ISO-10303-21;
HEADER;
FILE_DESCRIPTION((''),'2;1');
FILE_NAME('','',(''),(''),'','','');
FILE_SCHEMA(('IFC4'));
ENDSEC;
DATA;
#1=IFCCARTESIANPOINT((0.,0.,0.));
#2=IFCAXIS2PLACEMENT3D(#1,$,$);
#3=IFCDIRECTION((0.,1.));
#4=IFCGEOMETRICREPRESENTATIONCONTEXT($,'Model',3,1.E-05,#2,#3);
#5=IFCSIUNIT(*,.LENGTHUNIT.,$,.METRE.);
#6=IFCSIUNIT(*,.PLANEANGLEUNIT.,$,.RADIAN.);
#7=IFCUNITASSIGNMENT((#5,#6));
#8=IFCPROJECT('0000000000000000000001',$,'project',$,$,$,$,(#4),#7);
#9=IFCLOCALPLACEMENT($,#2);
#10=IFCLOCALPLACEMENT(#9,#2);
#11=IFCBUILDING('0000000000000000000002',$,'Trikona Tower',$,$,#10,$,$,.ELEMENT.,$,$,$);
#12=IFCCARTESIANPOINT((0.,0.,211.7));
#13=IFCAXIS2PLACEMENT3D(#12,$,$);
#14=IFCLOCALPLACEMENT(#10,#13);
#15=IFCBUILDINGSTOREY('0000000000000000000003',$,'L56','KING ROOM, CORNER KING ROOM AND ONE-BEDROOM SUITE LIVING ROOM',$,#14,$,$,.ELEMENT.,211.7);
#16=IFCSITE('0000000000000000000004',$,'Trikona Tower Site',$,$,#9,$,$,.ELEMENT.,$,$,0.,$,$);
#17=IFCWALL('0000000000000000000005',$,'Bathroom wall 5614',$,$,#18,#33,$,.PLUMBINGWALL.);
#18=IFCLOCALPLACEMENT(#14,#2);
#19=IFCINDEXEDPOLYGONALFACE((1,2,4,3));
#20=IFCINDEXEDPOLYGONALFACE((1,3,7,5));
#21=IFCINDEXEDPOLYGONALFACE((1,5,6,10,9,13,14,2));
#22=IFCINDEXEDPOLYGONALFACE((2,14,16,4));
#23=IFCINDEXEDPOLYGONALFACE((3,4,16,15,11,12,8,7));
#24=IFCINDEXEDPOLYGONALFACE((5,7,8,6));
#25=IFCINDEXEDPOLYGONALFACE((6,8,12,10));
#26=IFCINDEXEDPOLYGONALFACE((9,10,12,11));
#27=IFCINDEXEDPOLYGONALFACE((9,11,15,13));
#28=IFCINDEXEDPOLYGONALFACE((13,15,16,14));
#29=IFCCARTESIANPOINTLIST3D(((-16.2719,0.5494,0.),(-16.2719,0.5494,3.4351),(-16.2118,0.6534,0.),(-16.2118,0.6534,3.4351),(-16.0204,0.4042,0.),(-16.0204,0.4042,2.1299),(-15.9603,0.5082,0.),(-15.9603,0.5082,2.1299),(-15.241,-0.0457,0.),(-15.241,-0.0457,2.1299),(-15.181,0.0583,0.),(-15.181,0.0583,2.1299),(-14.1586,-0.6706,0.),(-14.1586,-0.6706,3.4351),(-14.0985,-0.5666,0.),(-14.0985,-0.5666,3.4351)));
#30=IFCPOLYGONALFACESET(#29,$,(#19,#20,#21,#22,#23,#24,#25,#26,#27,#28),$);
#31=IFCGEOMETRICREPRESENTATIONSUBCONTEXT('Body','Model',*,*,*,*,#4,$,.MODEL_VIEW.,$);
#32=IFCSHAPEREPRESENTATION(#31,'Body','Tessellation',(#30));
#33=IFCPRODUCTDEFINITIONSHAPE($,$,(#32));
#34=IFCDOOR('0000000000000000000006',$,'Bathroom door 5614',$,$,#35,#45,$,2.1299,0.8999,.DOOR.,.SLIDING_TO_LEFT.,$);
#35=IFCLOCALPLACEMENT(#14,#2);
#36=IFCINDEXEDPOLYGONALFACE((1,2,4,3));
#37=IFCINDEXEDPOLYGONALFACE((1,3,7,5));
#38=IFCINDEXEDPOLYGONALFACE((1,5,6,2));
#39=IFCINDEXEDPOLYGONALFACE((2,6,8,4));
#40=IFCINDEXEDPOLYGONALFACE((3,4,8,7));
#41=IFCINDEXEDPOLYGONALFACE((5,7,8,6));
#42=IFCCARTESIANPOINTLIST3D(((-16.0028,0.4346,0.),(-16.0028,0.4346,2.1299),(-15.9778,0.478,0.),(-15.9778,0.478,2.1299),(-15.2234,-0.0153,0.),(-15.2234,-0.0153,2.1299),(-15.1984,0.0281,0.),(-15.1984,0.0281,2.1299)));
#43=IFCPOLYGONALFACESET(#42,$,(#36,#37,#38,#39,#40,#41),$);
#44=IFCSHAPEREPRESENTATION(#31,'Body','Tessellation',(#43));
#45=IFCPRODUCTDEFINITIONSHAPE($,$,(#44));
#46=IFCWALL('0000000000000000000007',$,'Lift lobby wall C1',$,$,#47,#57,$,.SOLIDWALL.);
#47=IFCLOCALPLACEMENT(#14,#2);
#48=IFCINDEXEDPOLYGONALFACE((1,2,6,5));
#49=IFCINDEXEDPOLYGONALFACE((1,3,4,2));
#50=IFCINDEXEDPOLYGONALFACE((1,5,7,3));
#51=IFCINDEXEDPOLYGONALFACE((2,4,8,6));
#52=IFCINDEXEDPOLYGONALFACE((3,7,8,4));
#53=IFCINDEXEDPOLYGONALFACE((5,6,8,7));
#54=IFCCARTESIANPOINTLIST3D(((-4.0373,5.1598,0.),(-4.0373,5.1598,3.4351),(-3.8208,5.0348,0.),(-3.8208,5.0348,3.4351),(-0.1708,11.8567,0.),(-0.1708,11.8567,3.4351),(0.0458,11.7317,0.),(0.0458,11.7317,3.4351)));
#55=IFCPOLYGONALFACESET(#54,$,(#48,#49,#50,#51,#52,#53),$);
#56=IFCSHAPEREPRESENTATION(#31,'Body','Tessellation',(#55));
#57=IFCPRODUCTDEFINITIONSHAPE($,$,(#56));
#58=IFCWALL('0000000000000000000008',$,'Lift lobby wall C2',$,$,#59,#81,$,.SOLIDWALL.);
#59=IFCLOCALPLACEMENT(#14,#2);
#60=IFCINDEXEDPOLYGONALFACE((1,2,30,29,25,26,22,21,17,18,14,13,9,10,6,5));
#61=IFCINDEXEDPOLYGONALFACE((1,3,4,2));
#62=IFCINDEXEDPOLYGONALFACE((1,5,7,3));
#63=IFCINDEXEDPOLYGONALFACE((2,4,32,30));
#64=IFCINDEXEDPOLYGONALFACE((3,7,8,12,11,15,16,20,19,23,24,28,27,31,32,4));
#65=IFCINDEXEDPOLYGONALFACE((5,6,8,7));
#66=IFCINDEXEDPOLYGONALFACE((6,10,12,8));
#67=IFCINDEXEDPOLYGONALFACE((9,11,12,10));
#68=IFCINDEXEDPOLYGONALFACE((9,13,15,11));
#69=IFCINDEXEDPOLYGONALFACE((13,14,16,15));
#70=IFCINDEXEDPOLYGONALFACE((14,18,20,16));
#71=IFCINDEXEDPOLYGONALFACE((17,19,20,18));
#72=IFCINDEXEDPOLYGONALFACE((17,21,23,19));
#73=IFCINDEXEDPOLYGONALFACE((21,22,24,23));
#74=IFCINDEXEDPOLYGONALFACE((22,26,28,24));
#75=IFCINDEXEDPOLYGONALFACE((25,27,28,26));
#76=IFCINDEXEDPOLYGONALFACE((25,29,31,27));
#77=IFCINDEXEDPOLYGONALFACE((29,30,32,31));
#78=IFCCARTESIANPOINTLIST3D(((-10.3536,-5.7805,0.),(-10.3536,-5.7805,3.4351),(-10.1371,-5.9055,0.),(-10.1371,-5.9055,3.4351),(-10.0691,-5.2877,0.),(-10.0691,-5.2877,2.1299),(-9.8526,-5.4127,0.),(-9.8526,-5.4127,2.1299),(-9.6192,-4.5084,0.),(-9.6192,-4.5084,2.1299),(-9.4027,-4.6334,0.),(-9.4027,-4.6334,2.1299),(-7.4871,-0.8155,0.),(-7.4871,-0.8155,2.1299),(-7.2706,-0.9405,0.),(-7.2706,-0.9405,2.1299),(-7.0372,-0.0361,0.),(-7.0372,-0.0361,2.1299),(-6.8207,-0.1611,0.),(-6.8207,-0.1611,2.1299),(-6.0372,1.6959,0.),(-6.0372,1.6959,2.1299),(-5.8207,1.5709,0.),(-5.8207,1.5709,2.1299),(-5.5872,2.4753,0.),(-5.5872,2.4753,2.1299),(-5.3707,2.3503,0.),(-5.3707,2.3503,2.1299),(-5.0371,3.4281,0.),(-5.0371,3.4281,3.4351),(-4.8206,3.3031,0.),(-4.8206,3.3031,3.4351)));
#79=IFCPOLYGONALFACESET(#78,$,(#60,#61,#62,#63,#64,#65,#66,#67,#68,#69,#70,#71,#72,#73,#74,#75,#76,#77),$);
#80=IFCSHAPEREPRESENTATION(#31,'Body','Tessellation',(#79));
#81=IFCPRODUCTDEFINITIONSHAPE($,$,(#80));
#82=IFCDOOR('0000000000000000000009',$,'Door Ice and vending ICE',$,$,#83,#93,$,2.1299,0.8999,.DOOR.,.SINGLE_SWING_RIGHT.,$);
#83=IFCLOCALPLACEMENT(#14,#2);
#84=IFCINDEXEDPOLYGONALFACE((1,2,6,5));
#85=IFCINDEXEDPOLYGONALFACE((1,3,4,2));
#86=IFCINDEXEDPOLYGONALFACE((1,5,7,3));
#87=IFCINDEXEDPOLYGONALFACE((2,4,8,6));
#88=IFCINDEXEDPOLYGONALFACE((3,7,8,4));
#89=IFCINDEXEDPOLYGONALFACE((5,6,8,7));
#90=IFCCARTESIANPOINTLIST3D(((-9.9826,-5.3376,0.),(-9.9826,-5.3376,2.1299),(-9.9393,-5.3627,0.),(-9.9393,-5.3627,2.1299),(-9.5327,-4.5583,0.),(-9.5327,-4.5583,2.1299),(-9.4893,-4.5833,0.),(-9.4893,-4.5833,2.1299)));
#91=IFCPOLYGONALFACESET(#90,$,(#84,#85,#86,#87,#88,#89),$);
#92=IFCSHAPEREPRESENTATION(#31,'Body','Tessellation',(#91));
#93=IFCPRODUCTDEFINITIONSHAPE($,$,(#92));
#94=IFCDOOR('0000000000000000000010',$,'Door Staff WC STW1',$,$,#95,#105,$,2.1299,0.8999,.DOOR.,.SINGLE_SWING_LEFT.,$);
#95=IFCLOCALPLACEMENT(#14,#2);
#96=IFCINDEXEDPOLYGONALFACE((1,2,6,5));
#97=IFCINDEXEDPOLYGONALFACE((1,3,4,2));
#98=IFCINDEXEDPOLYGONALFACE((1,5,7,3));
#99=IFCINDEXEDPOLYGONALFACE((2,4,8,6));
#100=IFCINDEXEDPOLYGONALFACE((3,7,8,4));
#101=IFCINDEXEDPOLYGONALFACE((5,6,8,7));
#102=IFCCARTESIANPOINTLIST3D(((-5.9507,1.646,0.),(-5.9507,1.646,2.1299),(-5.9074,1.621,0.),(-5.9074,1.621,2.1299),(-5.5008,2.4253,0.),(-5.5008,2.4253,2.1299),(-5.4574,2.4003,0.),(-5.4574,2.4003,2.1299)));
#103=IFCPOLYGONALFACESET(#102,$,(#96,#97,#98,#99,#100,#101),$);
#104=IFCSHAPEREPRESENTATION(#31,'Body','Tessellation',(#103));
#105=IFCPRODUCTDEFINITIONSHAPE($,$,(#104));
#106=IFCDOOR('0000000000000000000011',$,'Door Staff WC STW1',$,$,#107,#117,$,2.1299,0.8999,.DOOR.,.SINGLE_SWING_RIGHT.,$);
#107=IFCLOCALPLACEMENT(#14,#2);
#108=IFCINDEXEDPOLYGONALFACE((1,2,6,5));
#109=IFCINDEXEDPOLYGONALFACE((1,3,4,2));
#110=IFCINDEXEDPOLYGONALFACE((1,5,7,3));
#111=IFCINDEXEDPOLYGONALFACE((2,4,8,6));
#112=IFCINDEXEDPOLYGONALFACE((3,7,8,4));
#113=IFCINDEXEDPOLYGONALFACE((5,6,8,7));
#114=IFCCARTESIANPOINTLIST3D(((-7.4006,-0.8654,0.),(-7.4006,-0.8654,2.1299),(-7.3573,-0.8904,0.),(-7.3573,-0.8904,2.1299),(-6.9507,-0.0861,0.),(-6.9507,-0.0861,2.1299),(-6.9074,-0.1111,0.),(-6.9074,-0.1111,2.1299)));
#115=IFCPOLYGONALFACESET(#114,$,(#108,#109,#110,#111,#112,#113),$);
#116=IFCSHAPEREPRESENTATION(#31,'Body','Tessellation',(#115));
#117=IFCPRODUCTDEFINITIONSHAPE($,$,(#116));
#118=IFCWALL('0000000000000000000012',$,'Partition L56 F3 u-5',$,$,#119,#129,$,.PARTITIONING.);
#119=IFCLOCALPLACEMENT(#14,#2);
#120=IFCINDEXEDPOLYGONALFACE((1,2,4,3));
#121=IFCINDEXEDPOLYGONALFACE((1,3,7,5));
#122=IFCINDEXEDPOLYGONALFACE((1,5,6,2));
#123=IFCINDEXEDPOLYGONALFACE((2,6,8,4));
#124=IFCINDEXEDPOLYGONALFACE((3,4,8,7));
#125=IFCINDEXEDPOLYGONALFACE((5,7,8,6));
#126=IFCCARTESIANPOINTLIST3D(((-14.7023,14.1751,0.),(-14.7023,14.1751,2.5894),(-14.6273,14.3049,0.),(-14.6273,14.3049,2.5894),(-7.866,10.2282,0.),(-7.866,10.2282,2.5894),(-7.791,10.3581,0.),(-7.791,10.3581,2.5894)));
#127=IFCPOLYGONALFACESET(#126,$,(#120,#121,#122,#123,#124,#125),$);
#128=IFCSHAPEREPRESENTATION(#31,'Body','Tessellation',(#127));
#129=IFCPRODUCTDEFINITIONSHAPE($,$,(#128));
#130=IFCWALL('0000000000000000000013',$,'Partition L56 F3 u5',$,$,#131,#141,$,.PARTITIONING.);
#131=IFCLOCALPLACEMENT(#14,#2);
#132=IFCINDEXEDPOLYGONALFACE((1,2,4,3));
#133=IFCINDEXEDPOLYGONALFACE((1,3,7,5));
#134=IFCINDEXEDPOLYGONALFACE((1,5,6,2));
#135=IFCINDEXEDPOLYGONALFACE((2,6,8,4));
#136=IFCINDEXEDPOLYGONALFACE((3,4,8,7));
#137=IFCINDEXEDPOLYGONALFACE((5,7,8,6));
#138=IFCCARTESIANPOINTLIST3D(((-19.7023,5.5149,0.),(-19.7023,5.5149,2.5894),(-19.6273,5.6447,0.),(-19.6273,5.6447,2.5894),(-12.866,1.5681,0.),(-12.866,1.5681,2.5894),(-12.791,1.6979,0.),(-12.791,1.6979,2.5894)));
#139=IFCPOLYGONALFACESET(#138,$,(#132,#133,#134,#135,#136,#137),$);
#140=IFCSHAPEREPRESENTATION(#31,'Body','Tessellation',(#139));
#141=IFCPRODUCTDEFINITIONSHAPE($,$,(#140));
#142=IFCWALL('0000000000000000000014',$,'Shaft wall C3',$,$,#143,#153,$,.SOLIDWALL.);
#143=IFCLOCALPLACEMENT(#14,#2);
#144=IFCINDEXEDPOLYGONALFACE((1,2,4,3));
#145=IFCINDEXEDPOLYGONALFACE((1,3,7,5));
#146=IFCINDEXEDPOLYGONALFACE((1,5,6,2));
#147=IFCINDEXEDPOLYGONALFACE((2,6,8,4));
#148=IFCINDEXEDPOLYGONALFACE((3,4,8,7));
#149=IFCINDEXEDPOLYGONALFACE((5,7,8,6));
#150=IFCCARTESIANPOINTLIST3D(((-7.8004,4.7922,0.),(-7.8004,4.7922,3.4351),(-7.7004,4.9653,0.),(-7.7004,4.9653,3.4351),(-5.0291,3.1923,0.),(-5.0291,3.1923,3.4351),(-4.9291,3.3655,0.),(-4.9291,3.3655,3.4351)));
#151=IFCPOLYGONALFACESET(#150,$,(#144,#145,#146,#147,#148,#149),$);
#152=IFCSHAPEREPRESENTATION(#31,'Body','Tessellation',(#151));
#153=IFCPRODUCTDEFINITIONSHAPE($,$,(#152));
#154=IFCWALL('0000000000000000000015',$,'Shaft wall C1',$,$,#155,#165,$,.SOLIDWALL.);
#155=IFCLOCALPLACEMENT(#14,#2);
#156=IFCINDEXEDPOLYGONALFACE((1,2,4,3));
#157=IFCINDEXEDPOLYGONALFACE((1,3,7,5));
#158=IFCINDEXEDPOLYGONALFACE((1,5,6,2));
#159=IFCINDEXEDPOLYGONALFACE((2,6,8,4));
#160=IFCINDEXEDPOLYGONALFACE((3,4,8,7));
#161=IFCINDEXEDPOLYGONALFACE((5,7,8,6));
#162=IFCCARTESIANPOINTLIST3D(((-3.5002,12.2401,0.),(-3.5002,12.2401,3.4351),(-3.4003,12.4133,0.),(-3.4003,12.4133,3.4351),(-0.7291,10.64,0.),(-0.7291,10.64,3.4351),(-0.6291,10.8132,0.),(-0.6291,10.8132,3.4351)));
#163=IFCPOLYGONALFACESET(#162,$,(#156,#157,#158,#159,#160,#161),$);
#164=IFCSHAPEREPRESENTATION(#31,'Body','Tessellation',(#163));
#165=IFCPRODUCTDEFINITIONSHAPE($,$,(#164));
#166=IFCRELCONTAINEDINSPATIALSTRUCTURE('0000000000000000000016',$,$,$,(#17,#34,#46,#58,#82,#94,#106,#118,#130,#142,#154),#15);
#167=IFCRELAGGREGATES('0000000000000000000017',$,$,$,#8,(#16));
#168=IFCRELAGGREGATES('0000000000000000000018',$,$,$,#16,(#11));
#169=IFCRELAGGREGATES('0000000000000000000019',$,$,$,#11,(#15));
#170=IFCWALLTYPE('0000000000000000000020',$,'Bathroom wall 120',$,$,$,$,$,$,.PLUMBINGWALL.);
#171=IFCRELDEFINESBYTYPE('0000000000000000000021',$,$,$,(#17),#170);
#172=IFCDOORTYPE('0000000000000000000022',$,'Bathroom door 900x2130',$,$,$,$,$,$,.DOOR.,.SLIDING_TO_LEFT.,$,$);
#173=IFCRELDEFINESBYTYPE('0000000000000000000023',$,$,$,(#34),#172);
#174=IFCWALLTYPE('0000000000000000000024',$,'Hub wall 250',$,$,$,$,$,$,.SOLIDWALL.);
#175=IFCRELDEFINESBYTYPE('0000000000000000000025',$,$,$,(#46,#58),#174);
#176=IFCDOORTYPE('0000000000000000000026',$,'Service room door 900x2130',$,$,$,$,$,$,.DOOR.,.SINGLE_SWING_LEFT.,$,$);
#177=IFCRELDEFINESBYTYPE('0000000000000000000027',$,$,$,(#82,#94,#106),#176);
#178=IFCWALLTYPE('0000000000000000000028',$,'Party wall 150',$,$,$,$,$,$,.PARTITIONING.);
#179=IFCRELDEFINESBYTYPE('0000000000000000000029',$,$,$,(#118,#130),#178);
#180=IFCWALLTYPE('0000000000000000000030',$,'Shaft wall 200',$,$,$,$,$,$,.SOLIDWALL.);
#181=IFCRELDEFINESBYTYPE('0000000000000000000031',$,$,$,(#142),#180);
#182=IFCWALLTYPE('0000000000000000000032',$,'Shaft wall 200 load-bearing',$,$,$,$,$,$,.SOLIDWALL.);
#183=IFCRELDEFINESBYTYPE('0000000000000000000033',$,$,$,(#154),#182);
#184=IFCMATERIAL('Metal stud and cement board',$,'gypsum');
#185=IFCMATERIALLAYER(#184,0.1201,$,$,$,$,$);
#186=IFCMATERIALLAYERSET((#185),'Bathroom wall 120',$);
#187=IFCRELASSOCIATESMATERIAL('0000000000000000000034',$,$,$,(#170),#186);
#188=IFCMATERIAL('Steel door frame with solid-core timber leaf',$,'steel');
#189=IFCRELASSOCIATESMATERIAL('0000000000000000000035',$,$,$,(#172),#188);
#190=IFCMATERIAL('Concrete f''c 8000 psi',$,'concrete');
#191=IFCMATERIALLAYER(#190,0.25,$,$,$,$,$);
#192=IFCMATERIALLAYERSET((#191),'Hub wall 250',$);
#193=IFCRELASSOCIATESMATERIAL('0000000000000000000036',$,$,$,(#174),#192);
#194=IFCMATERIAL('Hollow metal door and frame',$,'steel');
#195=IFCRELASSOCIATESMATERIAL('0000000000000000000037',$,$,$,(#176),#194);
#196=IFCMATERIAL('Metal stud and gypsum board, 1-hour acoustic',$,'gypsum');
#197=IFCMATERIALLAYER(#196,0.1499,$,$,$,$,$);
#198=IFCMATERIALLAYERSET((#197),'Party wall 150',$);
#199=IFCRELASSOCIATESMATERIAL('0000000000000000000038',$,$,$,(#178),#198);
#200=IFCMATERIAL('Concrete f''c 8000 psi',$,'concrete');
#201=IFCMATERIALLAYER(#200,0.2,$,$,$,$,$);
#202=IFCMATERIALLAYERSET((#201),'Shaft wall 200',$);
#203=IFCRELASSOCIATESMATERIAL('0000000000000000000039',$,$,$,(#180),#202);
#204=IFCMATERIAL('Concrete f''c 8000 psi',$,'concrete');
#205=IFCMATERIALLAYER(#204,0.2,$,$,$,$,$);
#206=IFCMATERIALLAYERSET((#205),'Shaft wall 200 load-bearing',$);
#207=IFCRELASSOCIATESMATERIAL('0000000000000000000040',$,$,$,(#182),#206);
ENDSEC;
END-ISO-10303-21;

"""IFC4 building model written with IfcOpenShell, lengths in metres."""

from ifc_helpers import new_model, si_unit, direction, frame, frame_2d, origin, place, context, subcontext, project, spatial, rectangle, extrude, material, layer, layer_set, type_object, element, fill, save


model = new_model("IFC4")

# Units and contexts
model_context = context("Model", 3, precision=1e-05, world=origin(), true_north=direction((0.0, 1.0)))
body_context = subcontext(model_context, "Body", "Model", "MODEL_VIEW")
ifc_project = project(units=[si_unit("LENGTHUNIT", "METRE"), si_unit("PLANEANGLEUNIT", "RADIAN")], contexts=[model_context])

# Site, building, storey
site_placement = place(None, origin())
site = spatial("IfcSite", under=ifc_project, at=site_placement, Name="Trikona Tower Site", CompositionType="ELEMENT", RefElevation=0.0)
building_placement = place(site_placement, origin())
building = spatial("IfcBuilding", under=site, at=building_placement, Name="Trikona Tower", CompositionType="ELEMENT")
storey_placement = place(building_placement, frame((0.0, 0.0, 211.7)))
storey = spatial("IfcBuildingStorey", under=building, at=storey_placement, Name="L56", Description="KING ROOM, CORNER KING ROOM AND ONE-BEDROOM SUITE LIVING ROOM", CompositionType="ELEMENT", Elevation=211.7)

# Shared definitions
ifc_material_1 = material(Name="Metal stud and cement board", Category="gypsum")
ifc_layer_1 = layer(ifc_material_1, 0.1201)
ifc_layer_set_1 = layer_set([ifc_layer_1], Name="Bathroom wall 120")
wall_type_1 = type_object("IfcWallType", Name="Bathroom wall 120", PredefinedType="PLUMBINGWALL", material=ifc_layer_set_1)

# Shared definitions
ifc_material_2 = material(Name="Steel door frame with solid-core timber leaf", Category="steel")
door_type_1 = type_object("IfcDoorType", Name="Bathroom door 900x2130", OperationType="SLIDING_TO_LEFT", PredefinedType="DOOR", material=ifc_material_2)

# Wall, opening, door
wall_1_placement = place(storey_placement, frame((-14.1284, -0.6187, 0.0), z_axis=(0.0, 0.0, 1.0), x_axis=(-0.866049, 0.499959, 0.0)))
wall_1 = element("IfcWall", 1, at=wall_1_placement, inside=storey, type_object=wall_type_1, Name="Bathroom wall 5614", PredefinedType="PLUMBINGWALL", context=body_context, shape_type="SweptSolid", body=[
    extrude(rectangle(XDim=2.4402, YDim=0.1201, at=frame_2d((1.2202, 0.0))), origin(), (0.0, 0.0, 1.0), 3.4351),
])
opening_1_placement = place(wall_1_placement, frame((1.25, 0.0, 0.0)))
opening_1 = element("IfcOpeningElement", 2, at=opening_1_placement, cuts=wall_1, PredefinedType="OPENING", context=body_context, shape_type="SweptSolid", body=[
    extrude(rectangle(XDim=0.8999, YDim=2.1299, at=frame_2d((0.45, 1.0649))), frame((0.0, 0.0701, 0.0), z_axis=(0.0, -1.0, 0.0), x_axis=(1.0, 0.0, 0.0)), (0.0, 0.0, 1.0), 0.1401),
])
door_1_placement = place(opening_1_placement, origin())
door_1 = element("IfcDoor", 3, at=door_1_placement, inside=storey, type_object=door_type_1, Name="Bathroom door 5614", OperationType="SLIDING_TO_LEFT", OverallHeight=2.1299, OverallWidth=0.8999, PredefinedType="DOOR", context=body_context, shape_type="SweptSolid", body=[
    extrude(rectangle(XDim=0.8999, YDim=2.1299, at=frame_2d((0.45, 1.0649))), frame((0.0, 0.0249, 0.0), z_axis=(0.0, -1.0, 0.0), x_axis=(1.0, 0.0, 0.0)), (0.0, 0.0, 1.0), 0.05),
])
fill(opening_1, door_1)

# Wall
ifc_material_3 = material(Name="Concrete f'c 8000 psi", Category="concrete")
ifc_layer_2 = layer(ifc_material_3, 0.25)
ifc_layer_set_2 = layer_set([ifc_layer_2], Name="Hub wall 250")
wall_type_2 = type_object("IfcWallType", Name="Hub wall 250", PredefinedType="SOLIDWALL", material=ifc_layer_set_2)
wall_2_placement = place(storey_placement, frame((-0.0625, 11.7942, 0.0), z_axis=(0.0, 0.0, 1.0), x_axis=(-0.500007, -0.866022, 0.0)))
element("IfcWall", 4, at=wall_2_placement, inside=storey, type_object=wall_type_2, Name="Lift lobby wall C1", PredefinedType="SOLIDWALL", context=body_context, shape_type="SweptSolid", body=[
    extrude(rectangle(XDim=7.7329, YDim=0.25, at=frame_2d((3.8665, 0.0))), origin(), (0.0, 0.0, 1.0), 3.4351),
])

# Wall, openings, doors
wall_3_placement = place(storey_placement, frame((-4.929, 3.3655, 0.0), z_axis=(0.0, 0.0, 1.0), x_axis=(-0.499991, -0.86603, 0.0)))
wall_3 = element("IfcWall", 5, at=wall_3_placement, inside=storey, type_object=wall_type_2, Name="Lift lobby wall C2", PredefinedType="SOLIDWALL", context=body_context, shape_type="SweptSolid", body=[
    extrude(rectangle(XDim=10.6331, YDim=0.25, at=frame_2d((5.3164, 0.0))), origin(), (0.0, 0.0, 1.0), 3.4351),
])
opening_2_placement = place(wall_3_placement, frame((9.1641, 0.0, 0.0)))
opening_2 = element("IfcOpeningElement", 6, at=opening_2_placement, cuts=wall_3, PredefinedType="OPENING", context=body_context, shape_type="SweptSolid", body=[
    extrude(rectangle(XDim=0.8999, YDim=2.1299, at=frame_2d((0.45, 1.0649))), frame((0.0, 0.135, 0.0), z_axis=(0.0, -1.0, 0.0), x_axis=(1.0, 0.0, 0.0)), (0.0, 0.0, 1.0), 0.27),
])
opening_3_placement = place(wall_3_placement, frame((1.1001, 0.0, 0.0)))
opening_3 = element("IfcOpeningElement", 7, at=opening_3_placement, cuts=wall_3, PredefinedType="OPENING", context=body_context, shape_type="SweptSolid", body=[
    extrude(rectangle(XDim=0.8999, YDim=2.1299, at=frame_2d((0.45, 1.0649))), frame((0.0, 0.135, 0.0), z_axis=(0.0, -1.0, 0.0), x_axis=(1.0, 0.0, 0.0)), (0.0, 0.0, 1.0), 0.27),
])
opening_4_placement = place(wall_3_placement, frame((4.0, 0.0, 0.0)))
opening_4 = element("IfcOpeningElement", 8, at=opening_4_placement, cuts=wall_3, PredefinedType="OPENING", context=body_context, shape_type="SweptSolid", body=[
    extrude(rectangle(XDim=0.8999, YDim=2.1299, at=frame_2d((0.45, 1.0649))), frame((0.0, 0.135, 0.0), z_axis=(0.0, -1.0, 0.0), x_axis=(1.0, 0.0, 0.0)), (0.0, 0.0, 1.0), 0.27),
])
ifc_material_4 = material(Name="Hollow metal door and frame", Category="steel")
door_type_2 = type_object("IfcDoorType", Name="Service room door 900x2130", OperationType="SINGLE_SWING_LEFT", PredefinedType="DOOR", material=ifc_material_4)
door_2_placement = place(opening_2_placement, origin())
door_2 = element("IfcDoor", 9, at=door_2_placement, inside=storey, type_object=door_type_2, Name="Door Ice and vending ICE", OperationType="SINGLE_SWING_RIGHT", OverallHeight=2.1299, OverallWidth=0.8999, PredefinedType="DOOR", context=body_context, shape_type="SweptSolid", body=[
    extrude(rectangle(XDim=0.8999, YDim=2.1299, at=frame_2d((0.45, 1.0649))), frame((0.0, 0.0249, 0.0), z_axis=(0.0, -1.0, 0.0), x_axis=(1.0, 0.0, 0.0)), (0.0, 0.0, 1.0), 0.05),
])
fill(opening_2, door_2)
door_3_placement = place(opening_3_placement, origin())
door_3 = element("IfcDoor", 10, at=door_3_placement, inside=storey, type_object=door_type_2, Name="Door Staff WC STW1", OperationType="SINGLE_SWING_LEFT", OverallHeight=2.1299, OverallWidth=0.8999, PredefinedType="DOOR", context=body_context, shape_type="SweptSolid", body=[
    extrude(rectangle(XDim=0.8999, YDim=2.1299, at=frame_2d((0.45, 1.0649))), frame((0.0, 0.0249, 0.0), z_axis=(0.0, -1.0, 0.0), x_axis=(1.0, 0.0, 0.0)), (0.0, 0.0, 1.0), 0.05),
])
fill(opening_3, door_3)
door_4_placement = place(opening_4_placement, origin())
door_4 = element("IfcDoor", 11, at=door_4_placement, inside=storey, type_object=door_type_2, Name="Door Staff WC STW1", OperationType="SINGLE_SWING_RIGHT", OverallHeight=2.1299, OverallWidth=0.8999, PredefinedType="DOOR", context=body_context, shape_type="SweptSolid", body=[
    extrude(rectangle(XDim=0.8999, YDim=2.1299, at=frame_2d((0.45, 1.0649))), frame((0.0, 0.0249, 0.0), z_axis=(0.0, -1.0, 0.0), x_axis=(1.0, 0.0, 0.0)), (0.0, 0.0, 1.0), 0.05),
])
fill(opening_4, door_4)

# Walls
ifc_material_5 = material(Name="Metal stud and gypsum board, 1-hour acoustic", Category="gypsum")
ifc_layer_3 = layer(ifc_material_5, 0.1499)
ifc_layer_set_3 = layer_set([ifc_layer_3], Name="Party wall 150")
wall_type_3 = type_object("IfcWallType", Name="Party wall 150", PredefinedType="PARTITIONING", material=ifc_layer_set_3)
for number, where, z_axis, x_axis, name in (
    (12, (-7.8286, 10.2932, 0.0), (0.0, 0.0, 1.0), (-0.866031, 0.499991, 0.0), "Partition L56 F3 u-5"),
    (13, (-12.8286, 1.6331, 0.0), (0.0, 0.0, 1.0), (-0.866031, 0.499991, 0.0), "Partition L56 F3 u5"),
):
    element("IfcWall", number, at=place(storey_placement, frame(where, z_axis=z_axis, x_axis=x_axis)), inside=storey, type_object=wall_type_3, Name=name, PredefinedType="PARTITIONING", context=body_context, shape_type="SweptSolid", body=[
        extrude(rectangle(XDim=7.8938, YDim=0.1499, at=frame_2d((3.9468, 0.0))), origin(), (0.0, 0.0, 1.0), 2.5894),
    ])
ifc_material_6 = material(Name="Concrete f'c 8000 psi", Category="concrete")
ifc_layer_4 = layer(ifc_material_6, 0.2)
ifc_layer_set_4 = layer_set([ifc_layer_4], Name="Shaft wall 200")
wall_type_4 = type_object("IfcWallType", Name="Shaft wall 200", PredefinedType="SOLIDWALL", material=ifc_layer_set_4)
wall_4_placement = place(storey_placement, frame((-4.979, 3.2788, 0.0), z_axis=(0.0, 0.0, 1.0), x_axis=(-0.866042, 0.499971, 0.0)))
element("IfcWall", 14, at=wall_4_placement, inside=storey, type_object=wall_type_4, Name="Shaft wall C3", PredefinedType="SOLIDWALL", context=body_context, shape_type="SweptSolid", body=[
    extrude(rectangle(XDim=3.2, YDim=0.2, at=frame_2d((1.6001, 0.0))), origin(), (0.0, 0.0, 1.0), 3.4351),
])
ifc_material_7 = material(Name="Concrete f'c 8000 psi", Category="concrete")
ifc_layer_5 = layer(ifc_material_7, 0.2)
ifc_layer_set_5 = layer_set([ifc_layer_5], Name="Shaft wall 200 load-bearing")
wall_type_5 = type_object("IfcWallType", Name="Shaft wall 200 load-bearing", PredefinedType="SOLIDWALL", material=ifc_layer_set_5)
for number, where, z_axis, x_axis, name in (
    (15, (-0.679, 10.7266, 0.0), (0.0, 0.0, 1.0), (-0.866009, 0.500028, 0.0), "Shaft wall C1"),
):
    element("IfcWall", number, at=place(storey_placement, frame(where, z_axis=z_axis, x_axis=x_axis)), inside=storey, type_object=wall_type_5, Name=name, PredefinedType="SOLIDWALL", context=body_context, shape_type="SweptSolid", body=[
        extrude(rectangle(XDim=3.2, YDim=0.2, at=frame_2d((1.6001, 0.0))), origin(), (0.0, 0.0, 1.0), 3.4351),
    ])

save(model, "model.ifc")
